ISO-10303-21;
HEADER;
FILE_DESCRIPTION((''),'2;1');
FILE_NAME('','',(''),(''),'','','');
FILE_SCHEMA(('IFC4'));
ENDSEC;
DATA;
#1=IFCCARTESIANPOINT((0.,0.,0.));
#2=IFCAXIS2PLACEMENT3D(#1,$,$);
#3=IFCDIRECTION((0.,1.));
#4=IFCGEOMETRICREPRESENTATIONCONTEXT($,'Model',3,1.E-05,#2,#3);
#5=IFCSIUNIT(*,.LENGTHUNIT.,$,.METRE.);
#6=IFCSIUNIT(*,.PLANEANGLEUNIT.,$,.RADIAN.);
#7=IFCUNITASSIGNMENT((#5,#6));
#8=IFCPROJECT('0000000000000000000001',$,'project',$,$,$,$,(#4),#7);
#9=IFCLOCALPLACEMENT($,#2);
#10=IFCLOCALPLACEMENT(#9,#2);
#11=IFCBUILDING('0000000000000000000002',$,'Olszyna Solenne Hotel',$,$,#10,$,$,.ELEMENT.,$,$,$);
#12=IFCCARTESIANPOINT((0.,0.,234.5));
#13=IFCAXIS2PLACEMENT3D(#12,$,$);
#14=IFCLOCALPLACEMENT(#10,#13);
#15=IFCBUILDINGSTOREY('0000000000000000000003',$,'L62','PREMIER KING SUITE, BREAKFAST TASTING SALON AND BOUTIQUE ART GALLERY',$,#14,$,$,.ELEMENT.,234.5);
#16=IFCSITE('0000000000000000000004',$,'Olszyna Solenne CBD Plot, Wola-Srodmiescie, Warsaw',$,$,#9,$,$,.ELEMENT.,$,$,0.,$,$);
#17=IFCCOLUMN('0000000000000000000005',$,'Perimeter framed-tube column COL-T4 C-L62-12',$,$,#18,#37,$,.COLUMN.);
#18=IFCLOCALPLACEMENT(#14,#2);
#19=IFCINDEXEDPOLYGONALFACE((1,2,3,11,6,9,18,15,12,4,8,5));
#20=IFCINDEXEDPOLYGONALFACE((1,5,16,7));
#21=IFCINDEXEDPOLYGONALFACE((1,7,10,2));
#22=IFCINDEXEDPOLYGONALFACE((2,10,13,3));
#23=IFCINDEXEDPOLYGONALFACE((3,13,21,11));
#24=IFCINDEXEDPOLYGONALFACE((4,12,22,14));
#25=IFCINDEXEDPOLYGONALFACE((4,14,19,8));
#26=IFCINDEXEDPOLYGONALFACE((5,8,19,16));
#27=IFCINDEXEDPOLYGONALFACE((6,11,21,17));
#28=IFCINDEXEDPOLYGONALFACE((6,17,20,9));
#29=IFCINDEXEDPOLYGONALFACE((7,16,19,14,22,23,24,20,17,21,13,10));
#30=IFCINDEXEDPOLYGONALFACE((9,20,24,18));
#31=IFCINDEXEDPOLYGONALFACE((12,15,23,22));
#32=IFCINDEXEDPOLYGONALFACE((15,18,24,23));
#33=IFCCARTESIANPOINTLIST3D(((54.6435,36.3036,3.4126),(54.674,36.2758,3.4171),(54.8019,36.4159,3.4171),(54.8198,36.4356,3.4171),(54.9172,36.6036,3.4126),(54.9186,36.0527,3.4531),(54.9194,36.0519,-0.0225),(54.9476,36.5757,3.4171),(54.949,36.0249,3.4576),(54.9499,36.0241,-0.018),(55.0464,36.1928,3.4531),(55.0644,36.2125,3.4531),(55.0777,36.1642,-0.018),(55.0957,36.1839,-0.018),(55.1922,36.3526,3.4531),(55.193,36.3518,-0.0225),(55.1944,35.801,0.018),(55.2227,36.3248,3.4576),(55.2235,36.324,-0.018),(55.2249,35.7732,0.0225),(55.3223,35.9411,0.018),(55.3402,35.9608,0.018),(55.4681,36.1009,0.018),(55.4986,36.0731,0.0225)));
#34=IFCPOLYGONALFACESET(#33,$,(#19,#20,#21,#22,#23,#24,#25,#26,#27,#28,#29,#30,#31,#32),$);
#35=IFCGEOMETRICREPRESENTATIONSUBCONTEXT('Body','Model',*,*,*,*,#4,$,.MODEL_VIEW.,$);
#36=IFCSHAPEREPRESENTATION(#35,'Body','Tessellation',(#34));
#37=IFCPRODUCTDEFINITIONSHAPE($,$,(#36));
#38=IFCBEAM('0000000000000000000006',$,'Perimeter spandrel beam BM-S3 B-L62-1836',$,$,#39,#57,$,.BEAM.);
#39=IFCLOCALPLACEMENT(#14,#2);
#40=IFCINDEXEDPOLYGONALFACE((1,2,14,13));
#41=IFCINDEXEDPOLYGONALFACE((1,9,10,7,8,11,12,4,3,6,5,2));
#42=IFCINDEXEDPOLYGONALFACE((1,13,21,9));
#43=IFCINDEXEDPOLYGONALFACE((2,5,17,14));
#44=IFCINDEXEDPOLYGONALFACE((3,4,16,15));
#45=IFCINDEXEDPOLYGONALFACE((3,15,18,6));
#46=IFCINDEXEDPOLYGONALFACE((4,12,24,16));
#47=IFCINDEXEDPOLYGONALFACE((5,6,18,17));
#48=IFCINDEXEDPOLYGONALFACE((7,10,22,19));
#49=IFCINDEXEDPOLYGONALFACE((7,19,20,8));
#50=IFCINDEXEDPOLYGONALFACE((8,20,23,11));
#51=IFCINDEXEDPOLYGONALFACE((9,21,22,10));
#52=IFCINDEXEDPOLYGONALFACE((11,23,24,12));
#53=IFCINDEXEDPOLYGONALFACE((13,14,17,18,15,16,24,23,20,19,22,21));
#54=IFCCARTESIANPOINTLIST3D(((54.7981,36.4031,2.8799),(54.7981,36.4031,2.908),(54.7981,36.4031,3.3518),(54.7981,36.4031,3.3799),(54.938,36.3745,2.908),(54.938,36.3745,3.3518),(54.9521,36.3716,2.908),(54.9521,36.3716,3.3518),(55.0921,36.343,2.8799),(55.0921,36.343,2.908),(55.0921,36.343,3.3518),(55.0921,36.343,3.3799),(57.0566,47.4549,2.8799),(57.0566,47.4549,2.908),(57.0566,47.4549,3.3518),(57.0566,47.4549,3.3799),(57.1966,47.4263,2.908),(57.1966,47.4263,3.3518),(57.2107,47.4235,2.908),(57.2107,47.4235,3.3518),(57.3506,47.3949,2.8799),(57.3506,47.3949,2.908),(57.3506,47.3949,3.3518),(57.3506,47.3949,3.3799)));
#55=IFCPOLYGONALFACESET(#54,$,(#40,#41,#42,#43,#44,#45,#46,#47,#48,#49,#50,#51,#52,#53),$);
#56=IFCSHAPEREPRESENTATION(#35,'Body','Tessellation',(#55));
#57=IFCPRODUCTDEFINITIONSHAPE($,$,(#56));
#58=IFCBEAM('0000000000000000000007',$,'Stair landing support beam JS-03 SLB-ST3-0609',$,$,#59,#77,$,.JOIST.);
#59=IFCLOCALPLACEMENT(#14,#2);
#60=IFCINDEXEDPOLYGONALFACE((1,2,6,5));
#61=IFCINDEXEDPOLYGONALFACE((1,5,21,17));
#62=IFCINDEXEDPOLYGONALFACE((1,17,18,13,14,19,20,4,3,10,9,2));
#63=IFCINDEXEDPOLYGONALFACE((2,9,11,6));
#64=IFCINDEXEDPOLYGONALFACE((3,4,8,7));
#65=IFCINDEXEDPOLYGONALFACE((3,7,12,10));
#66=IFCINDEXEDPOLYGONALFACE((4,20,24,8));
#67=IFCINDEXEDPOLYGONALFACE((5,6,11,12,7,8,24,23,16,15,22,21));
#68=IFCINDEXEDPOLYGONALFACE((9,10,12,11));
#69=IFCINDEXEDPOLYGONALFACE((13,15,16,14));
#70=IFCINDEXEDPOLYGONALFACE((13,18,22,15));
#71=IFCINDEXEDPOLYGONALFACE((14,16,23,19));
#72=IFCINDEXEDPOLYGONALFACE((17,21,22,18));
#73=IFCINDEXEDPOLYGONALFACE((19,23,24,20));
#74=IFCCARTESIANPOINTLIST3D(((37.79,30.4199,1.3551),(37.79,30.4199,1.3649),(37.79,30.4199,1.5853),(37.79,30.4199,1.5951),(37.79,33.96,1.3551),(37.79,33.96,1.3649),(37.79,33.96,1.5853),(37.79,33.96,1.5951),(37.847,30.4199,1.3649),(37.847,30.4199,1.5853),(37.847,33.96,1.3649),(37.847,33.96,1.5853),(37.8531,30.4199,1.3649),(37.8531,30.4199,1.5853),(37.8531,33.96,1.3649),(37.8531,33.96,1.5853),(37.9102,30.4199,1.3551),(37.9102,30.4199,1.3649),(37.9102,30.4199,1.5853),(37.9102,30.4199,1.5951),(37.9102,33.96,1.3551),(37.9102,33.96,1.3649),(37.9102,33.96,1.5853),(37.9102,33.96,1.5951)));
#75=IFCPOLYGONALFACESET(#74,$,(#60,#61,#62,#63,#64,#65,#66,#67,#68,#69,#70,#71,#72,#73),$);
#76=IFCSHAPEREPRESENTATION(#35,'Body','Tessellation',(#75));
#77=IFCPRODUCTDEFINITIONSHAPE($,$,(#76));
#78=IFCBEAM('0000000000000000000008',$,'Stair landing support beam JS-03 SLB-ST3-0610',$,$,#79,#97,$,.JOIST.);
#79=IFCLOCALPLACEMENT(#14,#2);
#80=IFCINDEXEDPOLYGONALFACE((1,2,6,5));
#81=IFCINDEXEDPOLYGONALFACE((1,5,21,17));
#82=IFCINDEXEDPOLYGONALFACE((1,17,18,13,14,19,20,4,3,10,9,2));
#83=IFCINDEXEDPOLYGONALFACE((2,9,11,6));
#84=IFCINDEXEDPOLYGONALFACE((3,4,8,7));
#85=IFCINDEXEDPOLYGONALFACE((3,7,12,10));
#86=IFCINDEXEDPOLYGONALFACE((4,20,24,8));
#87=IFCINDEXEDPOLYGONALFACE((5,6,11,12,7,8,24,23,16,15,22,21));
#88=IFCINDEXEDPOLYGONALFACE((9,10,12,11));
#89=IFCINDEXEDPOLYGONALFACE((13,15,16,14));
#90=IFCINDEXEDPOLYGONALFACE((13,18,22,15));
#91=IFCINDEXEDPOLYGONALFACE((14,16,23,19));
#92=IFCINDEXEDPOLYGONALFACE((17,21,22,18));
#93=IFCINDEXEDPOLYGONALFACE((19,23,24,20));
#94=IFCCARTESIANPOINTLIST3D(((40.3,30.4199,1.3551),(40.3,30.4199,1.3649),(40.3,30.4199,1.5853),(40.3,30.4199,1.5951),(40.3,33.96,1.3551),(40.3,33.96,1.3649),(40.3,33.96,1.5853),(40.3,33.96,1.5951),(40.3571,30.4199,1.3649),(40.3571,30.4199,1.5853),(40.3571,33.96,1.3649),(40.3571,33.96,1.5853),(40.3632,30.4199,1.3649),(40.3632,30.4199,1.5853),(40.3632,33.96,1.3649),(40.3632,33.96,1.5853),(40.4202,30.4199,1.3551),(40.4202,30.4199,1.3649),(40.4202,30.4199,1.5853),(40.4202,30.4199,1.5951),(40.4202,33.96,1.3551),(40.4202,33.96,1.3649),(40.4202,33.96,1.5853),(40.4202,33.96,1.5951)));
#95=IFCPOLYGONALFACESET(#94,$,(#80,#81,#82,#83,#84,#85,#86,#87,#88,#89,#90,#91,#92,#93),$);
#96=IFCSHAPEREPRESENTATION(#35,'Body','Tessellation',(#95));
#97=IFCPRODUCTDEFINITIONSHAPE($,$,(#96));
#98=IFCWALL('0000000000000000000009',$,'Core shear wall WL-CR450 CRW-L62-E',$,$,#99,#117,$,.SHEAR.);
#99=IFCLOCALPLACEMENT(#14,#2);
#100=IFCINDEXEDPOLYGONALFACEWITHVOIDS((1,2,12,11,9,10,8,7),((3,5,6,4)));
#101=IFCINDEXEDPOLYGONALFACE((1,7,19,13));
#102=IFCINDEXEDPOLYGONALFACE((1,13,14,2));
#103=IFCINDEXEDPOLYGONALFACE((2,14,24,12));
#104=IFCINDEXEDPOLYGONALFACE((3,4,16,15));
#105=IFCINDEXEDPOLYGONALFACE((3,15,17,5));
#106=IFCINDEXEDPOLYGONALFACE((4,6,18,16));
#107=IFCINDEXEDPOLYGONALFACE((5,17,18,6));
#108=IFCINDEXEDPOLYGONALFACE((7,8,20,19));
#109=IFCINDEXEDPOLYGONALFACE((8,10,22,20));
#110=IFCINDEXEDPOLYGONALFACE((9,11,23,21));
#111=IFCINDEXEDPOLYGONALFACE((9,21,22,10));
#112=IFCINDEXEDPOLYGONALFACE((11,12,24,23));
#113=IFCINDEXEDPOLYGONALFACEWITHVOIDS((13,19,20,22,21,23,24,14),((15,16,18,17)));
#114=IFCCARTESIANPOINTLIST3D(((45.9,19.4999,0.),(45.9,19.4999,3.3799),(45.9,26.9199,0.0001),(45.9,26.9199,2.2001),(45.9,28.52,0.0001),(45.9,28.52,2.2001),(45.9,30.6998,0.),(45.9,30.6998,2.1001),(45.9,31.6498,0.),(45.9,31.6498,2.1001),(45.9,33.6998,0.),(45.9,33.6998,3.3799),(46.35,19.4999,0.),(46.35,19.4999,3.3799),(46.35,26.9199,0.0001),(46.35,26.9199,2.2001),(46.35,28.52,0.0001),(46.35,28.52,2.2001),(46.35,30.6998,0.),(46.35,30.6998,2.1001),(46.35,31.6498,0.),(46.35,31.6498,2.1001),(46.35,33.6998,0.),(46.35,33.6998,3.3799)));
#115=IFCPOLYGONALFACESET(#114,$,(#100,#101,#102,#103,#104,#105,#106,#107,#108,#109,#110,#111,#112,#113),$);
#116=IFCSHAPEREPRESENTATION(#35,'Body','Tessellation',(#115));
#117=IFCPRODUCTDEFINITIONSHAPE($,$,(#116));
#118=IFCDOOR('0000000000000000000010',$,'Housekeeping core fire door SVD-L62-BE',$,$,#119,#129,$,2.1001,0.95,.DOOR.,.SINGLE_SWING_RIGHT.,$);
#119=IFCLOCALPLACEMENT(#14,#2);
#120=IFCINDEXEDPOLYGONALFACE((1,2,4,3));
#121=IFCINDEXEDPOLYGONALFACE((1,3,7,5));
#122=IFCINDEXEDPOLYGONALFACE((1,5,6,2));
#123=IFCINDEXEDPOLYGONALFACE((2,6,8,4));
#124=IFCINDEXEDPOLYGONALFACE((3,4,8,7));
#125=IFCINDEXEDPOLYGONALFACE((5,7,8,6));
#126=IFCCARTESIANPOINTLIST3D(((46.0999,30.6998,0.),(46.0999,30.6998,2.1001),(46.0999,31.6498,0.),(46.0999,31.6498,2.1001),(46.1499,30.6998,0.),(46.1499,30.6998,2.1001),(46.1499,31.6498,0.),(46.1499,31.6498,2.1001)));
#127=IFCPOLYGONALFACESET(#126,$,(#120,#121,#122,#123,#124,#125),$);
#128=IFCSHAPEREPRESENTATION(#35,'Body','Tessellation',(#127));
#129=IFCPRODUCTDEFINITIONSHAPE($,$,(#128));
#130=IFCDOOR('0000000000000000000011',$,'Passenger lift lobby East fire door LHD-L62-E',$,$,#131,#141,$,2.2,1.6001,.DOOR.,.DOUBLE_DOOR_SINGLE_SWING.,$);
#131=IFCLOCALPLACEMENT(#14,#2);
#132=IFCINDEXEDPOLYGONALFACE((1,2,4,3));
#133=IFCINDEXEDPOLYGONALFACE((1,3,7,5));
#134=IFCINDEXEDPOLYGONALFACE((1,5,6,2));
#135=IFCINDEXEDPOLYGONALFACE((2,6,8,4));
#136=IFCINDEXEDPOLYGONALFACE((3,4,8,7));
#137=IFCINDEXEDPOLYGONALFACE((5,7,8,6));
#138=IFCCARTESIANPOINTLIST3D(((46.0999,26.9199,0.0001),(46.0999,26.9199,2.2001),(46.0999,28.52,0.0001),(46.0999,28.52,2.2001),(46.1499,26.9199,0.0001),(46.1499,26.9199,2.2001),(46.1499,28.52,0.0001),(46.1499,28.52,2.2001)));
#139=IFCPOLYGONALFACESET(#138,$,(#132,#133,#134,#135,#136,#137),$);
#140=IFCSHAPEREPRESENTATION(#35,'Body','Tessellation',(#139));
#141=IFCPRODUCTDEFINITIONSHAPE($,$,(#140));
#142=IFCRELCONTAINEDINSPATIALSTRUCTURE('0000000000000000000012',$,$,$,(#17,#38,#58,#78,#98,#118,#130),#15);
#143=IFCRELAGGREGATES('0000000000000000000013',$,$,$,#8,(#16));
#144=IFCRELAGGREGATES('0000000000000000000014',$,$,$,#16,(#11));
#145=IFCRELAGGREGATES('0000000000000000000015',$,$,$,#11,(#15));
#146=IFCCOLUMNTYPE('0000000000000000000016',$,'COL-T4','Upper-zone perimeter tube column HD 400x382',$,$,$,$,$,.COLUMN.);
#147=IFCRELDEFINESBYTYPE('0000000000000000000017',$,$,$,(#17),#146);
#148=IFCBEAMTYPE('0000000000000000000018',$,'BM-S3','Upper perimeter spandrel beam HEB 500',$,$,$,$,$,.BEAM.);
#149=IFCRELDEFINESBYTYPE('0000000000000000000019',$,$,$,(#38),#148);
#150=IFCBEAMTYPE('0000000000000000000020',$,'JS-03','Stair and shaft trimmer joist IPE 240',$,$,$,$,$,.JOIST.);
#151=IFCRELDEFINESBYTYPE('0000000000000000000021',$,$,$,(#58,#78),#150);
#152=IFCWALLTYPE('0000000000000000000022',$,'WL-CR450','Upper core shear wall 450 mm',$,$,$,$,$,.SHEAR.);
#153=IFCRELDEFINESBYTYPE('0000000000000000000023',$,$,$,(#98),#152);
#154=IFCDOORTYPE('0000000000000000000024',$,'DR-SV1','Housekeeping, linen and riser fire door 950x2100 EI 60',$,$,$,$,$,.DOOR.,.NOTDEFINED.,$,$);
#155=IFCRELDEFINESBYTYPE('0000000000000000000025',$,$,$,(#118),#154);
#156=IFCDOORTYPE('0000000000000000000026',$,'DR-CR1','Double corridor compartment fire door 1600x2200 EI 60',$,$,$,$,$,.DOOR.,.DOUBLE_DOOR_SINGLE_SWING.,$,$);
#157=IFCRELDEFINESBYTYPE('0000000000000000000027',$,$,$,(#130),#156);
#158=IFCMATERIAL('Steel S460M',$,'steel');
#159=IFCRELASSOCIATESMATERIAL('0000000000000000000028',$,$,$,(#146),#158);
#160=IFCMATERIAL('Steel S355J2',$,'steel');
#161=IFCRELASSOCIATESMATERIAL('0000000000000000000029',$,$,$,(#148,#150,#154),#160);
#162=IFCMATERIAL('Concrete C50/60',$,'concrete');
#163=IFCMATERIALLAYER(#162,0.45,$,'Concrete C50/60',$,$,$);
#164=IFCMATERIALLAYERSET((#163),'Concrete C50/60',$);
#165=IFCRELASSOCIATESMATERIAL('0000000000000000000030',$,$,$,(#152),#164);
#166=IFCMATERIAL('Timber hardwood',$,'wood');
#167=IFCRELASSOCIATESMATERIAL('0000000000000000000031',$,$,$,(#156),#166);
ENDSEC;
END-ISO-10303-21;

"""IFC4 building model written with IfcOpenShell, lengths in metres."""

from ifc_helpers import new_model, si_unit, direction, frame, frame_2d, origin, origin_2d, place, context, subcontext, project, spatial, rectangle, i_section, extrude, source, transform, mapped, material, layer, layer_set, material_profile, profile_set, type_object, type_shapes, element, fill, save


model = new_model("IFC4")

# Units and contexts
model_context = context("Model", 3, precision=1e-05, world=origin(), true_north=direction((0.0, 1.0)))
body_context = subcontext(model_context, "Body", "Model", "MODEL_VIEW")
ifc_project = project(units=[si_unit("LENGTHUNIT", "METRE"), si_unit("PLANEANGLEUNIT", "RADIAN")], contexts=[model_context])

# Site, building, storey
site_placement = place(None, origin())
site = spatial("IfcSite", under=ifc_project, at=site_placement, Name="Olszyna Solenne CBD Plot, Wola-Srodmiescie, Warsaw", CompositionType="ELEMENT", RefElevation=0.0)
building_placement = place(site_placement, origin())
building = spatial("IfcBuilding", under=site, at=building_placement, Name="Olszyna Solenne Hotel", CompositionType="ELEMENT")
storey_placement = place(building_placement, frame((0.0, 0.0, 234.5)))
storey = spatial("IfcBuildingStorey", under=building, at=storey_placement, Name="L62", Description="PREMIER KING SUITE, BREAKFAST TASTING SALON AND BOUTIQUE ART GALLERY", CompositionType="ELEMENT", Elevation=234.5)

# Column
ifc_material_1 = material(Name="Steel S460M", Category="steel")
ifc_material_profile_1 = material_profile(ifc_material_1, i_section(OverallWidth=0.406, OverallDepth=0.416, WebThickness=0.0266, FlangeThickness=0.0415, at=origin_2d()), Name="HD 400x382", Category="load-bearing")
ifc_profile_set_1 = profile_set([ifc_material_profile_1], Name="Steel S460M")
column_type = type_object("IfcColumnType", Name="COL-T4", Description="Upper-zone perimeter tube column HD 400x382", PredefinedType="COLUMN", material=ifc_profile_set_1)
shared_shape_1 = source(origin(), body_context, "Body", "SweptSolid", [
    extrude(i_section(OverallWidth=0.406, OverallDepth=0.416, WebThickness=0.0266, FlangeThickness=0.0415, at=origin_2d()), origin(), (0.0, 0.0, 1.0), 3.4553),
])
column_placement = place(storey_placement, frame((55.209, 36.0625, 0.0), z_axis=(-0.079842, 0.072847, 0.994142), x_axis=(-0.674006, -0.738726, 0.0)))
element("IfcColumn", 1, at=column_placement, inside=storey, type_object=column_type, Name="Perimeter framed-tube column COL-T4 C-L62-12", PredefinedType="COLUMN", context=body_context, shape_type="MappedRepresentation", body=[
    mapped(shared_shape_1, transform((0.0, 0.0, 0.0), x_axis=(1.0, 0.0, 0.0), y_axis=(0.0, 1.0, 0.0), z_axis=(0.0, 0.0, 1.0), scale=1.0)),
])

# Beams
ifc_material_2 = material(Name="Steel S355J2", Category="steel")
ifc_material_profile_2 = material_profile(ifc_material_2, i_section(OverallWidth=0.3, OverallDepth=0.5, WebThickness=0.0144, FlangeThickness=0.0281, at=origin_2d()), Name="HEB 500", Category="load-bearing")
ifc_profile_set_2 = profile_set([ifc_material_profile_2], Name="Steel S355J2")
beam_type_1 = type_object("IfcBeamType", Name="BM-S3", Description="Upper perimeter spandrel beam HEB 500", PredefinedType="BEAM", material=ifc_profile_set_2)
shared_shape_2 = source(origin(), body_context, "Body", "SweptSolid", [
    extrude(i_section(OverallWidth=0.3, OverallDepth=0.5, WebThickness=0.0144, FlangeThickness=0.0281, at=origin_2d()), origin(), (0.0, 0.0, 1.0), 11.2803),
])
beam_placement = place(storey_placement, frame((54.9451, 36.373, 3.1299), z_axis=(0.200222, 0.97975, 0.0), x_axis=(-0.97975, 0.200222, 0.0)))
element("IfcBeam", 2, at=beam_placement, inside=storey, type_object=beam_type_1, Name="Perimeter spandrel beam BM-S3 B-L62-1836", PredefinedType="BEAM", context=body_context, shape_type="MappedRepresentation", body=[
    mapped(shared_shape_2, transform((0.0, 0.0, 0.0), x_axis=(1.0, 0.0, 0.0), y_axis=(0.0, 1.0, 0.0), z_axis=(0.0, 0.0, 1.0), scale=1.0)),
])
ifc_material_profile_3 = material_profile(ifc_material_2, i_section(OverallWidth=0.1201, OverallDepth=0.24, WebThickness=0.0061, FlangeThickness=0.0098, at=origin_2d()), Name="IPE 240", Category="load-bearing")
ifc_profile_set_3 = profile_set([ifc_material_profile_3], Name="Steel S355J2")
beam_type_2 = type_object("IfcBeamType", Name="JS-03", Description="Stair and shaft trimmer joist IPE 240", PredefinedType="JOIST", material=ifc_profile_set_3)
shared_shape_3 = source(origin(), body_context, "Body", "SweptSolid", [
    extrude(i_section(OverallWidth=0.1201, OverallDepth=0.24, WebThickness=0.0061, FlangeThickness=0.0098, at=origin_2d()), origin(), (0.0, 0.0, 1.0), 3.54),
])
for number, where, z_axis, x_axis, name in (
    (3, (37.8501, 30.4199, 1.4751), (0.0, 1.0, 0.0), (-1.0, 0.0, 0.0), "Stair landing support beam JS-03 SLB-ST3-0609"),
    (4, (40.3601, 30.4199, 1.4751), (0.0, 1.0, 0.0), (-1.0, 0.0, 0.0), "Stair landing support beam JS-03 SLB-ST3-0610"),
):
    element("IfcBeam", number, at=place(storey_placement, frame(where, z_axis=z_axis, x_axis=x_axis)), inside=storey, type_object=beam_type_2, Name=name, PredefinedType="JOIST", context=body_context, shape_type="MappedRepresentation", body=[
        mapped(shared_shape_3, transform((0.0, 0.0, 0.0), x_axis=(1.0, 0.0, 0.0), y_axis=(0.0, 1.0, 0.0), z_axis=(0.0, 0.0, 1.0), scale=1.0)),
    ])

# Wall, openings, doors
ifc_material_3 = material(Name="Concrete C50/60", Category="concrete")
ifc_layer_1 = layer(ifc_material_3, 0.45, Name="Concrete C50/60")
ifc_layer_set_1 = layer_set([ifc_layer_1], Name="Concrete C50/60")
wall_type_1 = type_object("IfcWallType", Name="WL-CR450", Description="Upper core shear wall 450 mm", PredefinedType="SHEAR", material=ifc_layer_set_1)
wall_1_placement = place(storey_placement, frame((46.125, 33.7, 0.0), z_axis=(0.0, 0.0, 1.0), x_axis=(0.0, -1.0, 0.0)))
wall_1 = element("IfcWall", 5, at=wall_1_placement, inside=storey, type_object=wall_type_1, Name="Core shear wall WL-CR450 CRW-L62-E", PredefinedType="SHEAR", context=body_context, shape_type="SweptSolid", body=[
    extrude(rectangle(XDim=14.2, YDim=0.45, at=frame_2d((7.1001, 0.0))), origin(), (0.0, 0.0, 1.0), 3.3799),
])
opening_1_placement = place(wall_1_placement, frame((5.1799, 0.0, 0.0)))
opening_1 = element("IfcOpeningElement", 6, at=opening_1_placement, cuts=wall_1, PredefinedType="OPENING", context=body_context, shape_type="SweptSolid", body=[
    extrude(rectangle(XDim=1.6001, YDim=2.2, at=frame_2d((0.8, 1.1001))), frame((0.0, 0.2349, 0.0), z_axis=(0.0, -1.0, 0.0), x_axis=(1.0, 0.0, 0.0)), (0.0, 0.0, 1.0), 0.47),
])
opening_2_placement = place(wall_1_placement, frame((2.05, 0.0, 0.0)))
opening_2 = element("IfcOpeningElement", 7, at=opening_2_placement, cuts=wall_1, PredefinedType="OPENING", context=body_context, shape_type="SweptSolid", body=[
    extrude(rectangle(XDim=0.95, YDim=2.1001, at=frame_2d((0.4751, 1.05))), frame((0.0, 0.2349, 0.0), z_axis=(0.0, -1.0, 0.0), x_axis=(1.0, 0.0, 0.0)), (0.0, 0.0, 1.0), 0.47),
])
door_type_1 = type_object("IfcDoorType", Name="DR-SV1", Description="Housekeeping, linen and riser fire door 950x2100 EI 60", OperationType="NOTDEFINED", PredefinedType="DOOR", material=ifc_material_2)
shared_shape_4 = source(origin(), body_context, "Body", "SweptSolid", [
    extrude(rectangle(XDim=0.95, YDim=2.1001, at=frame_2d((0.4751, 1.05))), frame((0.0, 0.0249, 0.0), z_axis=(0.0, -1.0, 0.0), x_axis=(1.0, 0.0, 0.0)), (0.0, 0.0, 1.0), 0.05),
])
type_shapes(door_type_1, [shared_shape_4])
door_1_placement = place(opening_2_placement, origin())
door_1 = element("IfcDoor", 8, at=door_1_placement, inside=storey, type_object=door_type_1, Name="Housekeeping core fire door SVD-L62-BE", OperationType="SINGLE_SWING_RIGHT", OverallHeight=2.1001, OverallWidth=0.95, PredefinedType="DOOR", context=body_context, shape_type="MappedRepresentation", body=[
    mapped(shared_shape_4, transform((0.0, 0.0, 0.0), x_axis=(1.0, 0.0, 0.0), y_axis=(0.0, 1.0, 0.0), z_axis=(0.0, 0.0, 1.0), scale=1.0)),
])
fill(opening_2, door_1)
ifc_material_4 = material(Name="Timber hardwood", Category="wood")
door_type_2 = type_object("IfcDoorType", Name="DR-CR1", Description="Double corridor compartment fire door 1600x2200 EI 60", OperationType="DOUBLE_DOOR_SINGLE_SWING", PredefinedType="DOOR", material=ifc_material_4)
shared_shape_5 = source(origin(), body_context, "Body", "SweptSolid", [
    extrude(rectangle(XDim=1.6001, YDim=2.2, at=frame_2d((0.8, 1.1001))), frame((0.0, 0.0249, 0.0), z_axis=(0.0, -1.0, 0.0), x_axis=(1.0, 0.0, 0.0)), (0.0, 0.0, 1.0), 0.05),
])
type_shapes(door_type_2, [shared_shape_5])
door_2_placement = place(opening_1_placement, origin())
door_2 = element("IfcDoor", 9, at=door_2_placement, inside=storey, type_object=door_type_2, Name="Passenger lift lobby East fire door LHD-L62-E", OperationType="DOUBLE_DOOR_SINGLE_SWING", OverallHeight=2.2, OverallWidth=1.6001, PredefinedType="DOOR", context=body_context, shape_type="MappedRepresentation", body=[
    mapped(shared_shape_5, transform((0.0, 0.0, 0.0), x_axis=(1.0, 0.0, 0.0), y_axis=(0.0, 1.0, 0.0), z_axis=(0.0, 0.0, 1.0), scale=1.0)),
])
fill(opening_1, door_2)

save(model, "model.ifc")
